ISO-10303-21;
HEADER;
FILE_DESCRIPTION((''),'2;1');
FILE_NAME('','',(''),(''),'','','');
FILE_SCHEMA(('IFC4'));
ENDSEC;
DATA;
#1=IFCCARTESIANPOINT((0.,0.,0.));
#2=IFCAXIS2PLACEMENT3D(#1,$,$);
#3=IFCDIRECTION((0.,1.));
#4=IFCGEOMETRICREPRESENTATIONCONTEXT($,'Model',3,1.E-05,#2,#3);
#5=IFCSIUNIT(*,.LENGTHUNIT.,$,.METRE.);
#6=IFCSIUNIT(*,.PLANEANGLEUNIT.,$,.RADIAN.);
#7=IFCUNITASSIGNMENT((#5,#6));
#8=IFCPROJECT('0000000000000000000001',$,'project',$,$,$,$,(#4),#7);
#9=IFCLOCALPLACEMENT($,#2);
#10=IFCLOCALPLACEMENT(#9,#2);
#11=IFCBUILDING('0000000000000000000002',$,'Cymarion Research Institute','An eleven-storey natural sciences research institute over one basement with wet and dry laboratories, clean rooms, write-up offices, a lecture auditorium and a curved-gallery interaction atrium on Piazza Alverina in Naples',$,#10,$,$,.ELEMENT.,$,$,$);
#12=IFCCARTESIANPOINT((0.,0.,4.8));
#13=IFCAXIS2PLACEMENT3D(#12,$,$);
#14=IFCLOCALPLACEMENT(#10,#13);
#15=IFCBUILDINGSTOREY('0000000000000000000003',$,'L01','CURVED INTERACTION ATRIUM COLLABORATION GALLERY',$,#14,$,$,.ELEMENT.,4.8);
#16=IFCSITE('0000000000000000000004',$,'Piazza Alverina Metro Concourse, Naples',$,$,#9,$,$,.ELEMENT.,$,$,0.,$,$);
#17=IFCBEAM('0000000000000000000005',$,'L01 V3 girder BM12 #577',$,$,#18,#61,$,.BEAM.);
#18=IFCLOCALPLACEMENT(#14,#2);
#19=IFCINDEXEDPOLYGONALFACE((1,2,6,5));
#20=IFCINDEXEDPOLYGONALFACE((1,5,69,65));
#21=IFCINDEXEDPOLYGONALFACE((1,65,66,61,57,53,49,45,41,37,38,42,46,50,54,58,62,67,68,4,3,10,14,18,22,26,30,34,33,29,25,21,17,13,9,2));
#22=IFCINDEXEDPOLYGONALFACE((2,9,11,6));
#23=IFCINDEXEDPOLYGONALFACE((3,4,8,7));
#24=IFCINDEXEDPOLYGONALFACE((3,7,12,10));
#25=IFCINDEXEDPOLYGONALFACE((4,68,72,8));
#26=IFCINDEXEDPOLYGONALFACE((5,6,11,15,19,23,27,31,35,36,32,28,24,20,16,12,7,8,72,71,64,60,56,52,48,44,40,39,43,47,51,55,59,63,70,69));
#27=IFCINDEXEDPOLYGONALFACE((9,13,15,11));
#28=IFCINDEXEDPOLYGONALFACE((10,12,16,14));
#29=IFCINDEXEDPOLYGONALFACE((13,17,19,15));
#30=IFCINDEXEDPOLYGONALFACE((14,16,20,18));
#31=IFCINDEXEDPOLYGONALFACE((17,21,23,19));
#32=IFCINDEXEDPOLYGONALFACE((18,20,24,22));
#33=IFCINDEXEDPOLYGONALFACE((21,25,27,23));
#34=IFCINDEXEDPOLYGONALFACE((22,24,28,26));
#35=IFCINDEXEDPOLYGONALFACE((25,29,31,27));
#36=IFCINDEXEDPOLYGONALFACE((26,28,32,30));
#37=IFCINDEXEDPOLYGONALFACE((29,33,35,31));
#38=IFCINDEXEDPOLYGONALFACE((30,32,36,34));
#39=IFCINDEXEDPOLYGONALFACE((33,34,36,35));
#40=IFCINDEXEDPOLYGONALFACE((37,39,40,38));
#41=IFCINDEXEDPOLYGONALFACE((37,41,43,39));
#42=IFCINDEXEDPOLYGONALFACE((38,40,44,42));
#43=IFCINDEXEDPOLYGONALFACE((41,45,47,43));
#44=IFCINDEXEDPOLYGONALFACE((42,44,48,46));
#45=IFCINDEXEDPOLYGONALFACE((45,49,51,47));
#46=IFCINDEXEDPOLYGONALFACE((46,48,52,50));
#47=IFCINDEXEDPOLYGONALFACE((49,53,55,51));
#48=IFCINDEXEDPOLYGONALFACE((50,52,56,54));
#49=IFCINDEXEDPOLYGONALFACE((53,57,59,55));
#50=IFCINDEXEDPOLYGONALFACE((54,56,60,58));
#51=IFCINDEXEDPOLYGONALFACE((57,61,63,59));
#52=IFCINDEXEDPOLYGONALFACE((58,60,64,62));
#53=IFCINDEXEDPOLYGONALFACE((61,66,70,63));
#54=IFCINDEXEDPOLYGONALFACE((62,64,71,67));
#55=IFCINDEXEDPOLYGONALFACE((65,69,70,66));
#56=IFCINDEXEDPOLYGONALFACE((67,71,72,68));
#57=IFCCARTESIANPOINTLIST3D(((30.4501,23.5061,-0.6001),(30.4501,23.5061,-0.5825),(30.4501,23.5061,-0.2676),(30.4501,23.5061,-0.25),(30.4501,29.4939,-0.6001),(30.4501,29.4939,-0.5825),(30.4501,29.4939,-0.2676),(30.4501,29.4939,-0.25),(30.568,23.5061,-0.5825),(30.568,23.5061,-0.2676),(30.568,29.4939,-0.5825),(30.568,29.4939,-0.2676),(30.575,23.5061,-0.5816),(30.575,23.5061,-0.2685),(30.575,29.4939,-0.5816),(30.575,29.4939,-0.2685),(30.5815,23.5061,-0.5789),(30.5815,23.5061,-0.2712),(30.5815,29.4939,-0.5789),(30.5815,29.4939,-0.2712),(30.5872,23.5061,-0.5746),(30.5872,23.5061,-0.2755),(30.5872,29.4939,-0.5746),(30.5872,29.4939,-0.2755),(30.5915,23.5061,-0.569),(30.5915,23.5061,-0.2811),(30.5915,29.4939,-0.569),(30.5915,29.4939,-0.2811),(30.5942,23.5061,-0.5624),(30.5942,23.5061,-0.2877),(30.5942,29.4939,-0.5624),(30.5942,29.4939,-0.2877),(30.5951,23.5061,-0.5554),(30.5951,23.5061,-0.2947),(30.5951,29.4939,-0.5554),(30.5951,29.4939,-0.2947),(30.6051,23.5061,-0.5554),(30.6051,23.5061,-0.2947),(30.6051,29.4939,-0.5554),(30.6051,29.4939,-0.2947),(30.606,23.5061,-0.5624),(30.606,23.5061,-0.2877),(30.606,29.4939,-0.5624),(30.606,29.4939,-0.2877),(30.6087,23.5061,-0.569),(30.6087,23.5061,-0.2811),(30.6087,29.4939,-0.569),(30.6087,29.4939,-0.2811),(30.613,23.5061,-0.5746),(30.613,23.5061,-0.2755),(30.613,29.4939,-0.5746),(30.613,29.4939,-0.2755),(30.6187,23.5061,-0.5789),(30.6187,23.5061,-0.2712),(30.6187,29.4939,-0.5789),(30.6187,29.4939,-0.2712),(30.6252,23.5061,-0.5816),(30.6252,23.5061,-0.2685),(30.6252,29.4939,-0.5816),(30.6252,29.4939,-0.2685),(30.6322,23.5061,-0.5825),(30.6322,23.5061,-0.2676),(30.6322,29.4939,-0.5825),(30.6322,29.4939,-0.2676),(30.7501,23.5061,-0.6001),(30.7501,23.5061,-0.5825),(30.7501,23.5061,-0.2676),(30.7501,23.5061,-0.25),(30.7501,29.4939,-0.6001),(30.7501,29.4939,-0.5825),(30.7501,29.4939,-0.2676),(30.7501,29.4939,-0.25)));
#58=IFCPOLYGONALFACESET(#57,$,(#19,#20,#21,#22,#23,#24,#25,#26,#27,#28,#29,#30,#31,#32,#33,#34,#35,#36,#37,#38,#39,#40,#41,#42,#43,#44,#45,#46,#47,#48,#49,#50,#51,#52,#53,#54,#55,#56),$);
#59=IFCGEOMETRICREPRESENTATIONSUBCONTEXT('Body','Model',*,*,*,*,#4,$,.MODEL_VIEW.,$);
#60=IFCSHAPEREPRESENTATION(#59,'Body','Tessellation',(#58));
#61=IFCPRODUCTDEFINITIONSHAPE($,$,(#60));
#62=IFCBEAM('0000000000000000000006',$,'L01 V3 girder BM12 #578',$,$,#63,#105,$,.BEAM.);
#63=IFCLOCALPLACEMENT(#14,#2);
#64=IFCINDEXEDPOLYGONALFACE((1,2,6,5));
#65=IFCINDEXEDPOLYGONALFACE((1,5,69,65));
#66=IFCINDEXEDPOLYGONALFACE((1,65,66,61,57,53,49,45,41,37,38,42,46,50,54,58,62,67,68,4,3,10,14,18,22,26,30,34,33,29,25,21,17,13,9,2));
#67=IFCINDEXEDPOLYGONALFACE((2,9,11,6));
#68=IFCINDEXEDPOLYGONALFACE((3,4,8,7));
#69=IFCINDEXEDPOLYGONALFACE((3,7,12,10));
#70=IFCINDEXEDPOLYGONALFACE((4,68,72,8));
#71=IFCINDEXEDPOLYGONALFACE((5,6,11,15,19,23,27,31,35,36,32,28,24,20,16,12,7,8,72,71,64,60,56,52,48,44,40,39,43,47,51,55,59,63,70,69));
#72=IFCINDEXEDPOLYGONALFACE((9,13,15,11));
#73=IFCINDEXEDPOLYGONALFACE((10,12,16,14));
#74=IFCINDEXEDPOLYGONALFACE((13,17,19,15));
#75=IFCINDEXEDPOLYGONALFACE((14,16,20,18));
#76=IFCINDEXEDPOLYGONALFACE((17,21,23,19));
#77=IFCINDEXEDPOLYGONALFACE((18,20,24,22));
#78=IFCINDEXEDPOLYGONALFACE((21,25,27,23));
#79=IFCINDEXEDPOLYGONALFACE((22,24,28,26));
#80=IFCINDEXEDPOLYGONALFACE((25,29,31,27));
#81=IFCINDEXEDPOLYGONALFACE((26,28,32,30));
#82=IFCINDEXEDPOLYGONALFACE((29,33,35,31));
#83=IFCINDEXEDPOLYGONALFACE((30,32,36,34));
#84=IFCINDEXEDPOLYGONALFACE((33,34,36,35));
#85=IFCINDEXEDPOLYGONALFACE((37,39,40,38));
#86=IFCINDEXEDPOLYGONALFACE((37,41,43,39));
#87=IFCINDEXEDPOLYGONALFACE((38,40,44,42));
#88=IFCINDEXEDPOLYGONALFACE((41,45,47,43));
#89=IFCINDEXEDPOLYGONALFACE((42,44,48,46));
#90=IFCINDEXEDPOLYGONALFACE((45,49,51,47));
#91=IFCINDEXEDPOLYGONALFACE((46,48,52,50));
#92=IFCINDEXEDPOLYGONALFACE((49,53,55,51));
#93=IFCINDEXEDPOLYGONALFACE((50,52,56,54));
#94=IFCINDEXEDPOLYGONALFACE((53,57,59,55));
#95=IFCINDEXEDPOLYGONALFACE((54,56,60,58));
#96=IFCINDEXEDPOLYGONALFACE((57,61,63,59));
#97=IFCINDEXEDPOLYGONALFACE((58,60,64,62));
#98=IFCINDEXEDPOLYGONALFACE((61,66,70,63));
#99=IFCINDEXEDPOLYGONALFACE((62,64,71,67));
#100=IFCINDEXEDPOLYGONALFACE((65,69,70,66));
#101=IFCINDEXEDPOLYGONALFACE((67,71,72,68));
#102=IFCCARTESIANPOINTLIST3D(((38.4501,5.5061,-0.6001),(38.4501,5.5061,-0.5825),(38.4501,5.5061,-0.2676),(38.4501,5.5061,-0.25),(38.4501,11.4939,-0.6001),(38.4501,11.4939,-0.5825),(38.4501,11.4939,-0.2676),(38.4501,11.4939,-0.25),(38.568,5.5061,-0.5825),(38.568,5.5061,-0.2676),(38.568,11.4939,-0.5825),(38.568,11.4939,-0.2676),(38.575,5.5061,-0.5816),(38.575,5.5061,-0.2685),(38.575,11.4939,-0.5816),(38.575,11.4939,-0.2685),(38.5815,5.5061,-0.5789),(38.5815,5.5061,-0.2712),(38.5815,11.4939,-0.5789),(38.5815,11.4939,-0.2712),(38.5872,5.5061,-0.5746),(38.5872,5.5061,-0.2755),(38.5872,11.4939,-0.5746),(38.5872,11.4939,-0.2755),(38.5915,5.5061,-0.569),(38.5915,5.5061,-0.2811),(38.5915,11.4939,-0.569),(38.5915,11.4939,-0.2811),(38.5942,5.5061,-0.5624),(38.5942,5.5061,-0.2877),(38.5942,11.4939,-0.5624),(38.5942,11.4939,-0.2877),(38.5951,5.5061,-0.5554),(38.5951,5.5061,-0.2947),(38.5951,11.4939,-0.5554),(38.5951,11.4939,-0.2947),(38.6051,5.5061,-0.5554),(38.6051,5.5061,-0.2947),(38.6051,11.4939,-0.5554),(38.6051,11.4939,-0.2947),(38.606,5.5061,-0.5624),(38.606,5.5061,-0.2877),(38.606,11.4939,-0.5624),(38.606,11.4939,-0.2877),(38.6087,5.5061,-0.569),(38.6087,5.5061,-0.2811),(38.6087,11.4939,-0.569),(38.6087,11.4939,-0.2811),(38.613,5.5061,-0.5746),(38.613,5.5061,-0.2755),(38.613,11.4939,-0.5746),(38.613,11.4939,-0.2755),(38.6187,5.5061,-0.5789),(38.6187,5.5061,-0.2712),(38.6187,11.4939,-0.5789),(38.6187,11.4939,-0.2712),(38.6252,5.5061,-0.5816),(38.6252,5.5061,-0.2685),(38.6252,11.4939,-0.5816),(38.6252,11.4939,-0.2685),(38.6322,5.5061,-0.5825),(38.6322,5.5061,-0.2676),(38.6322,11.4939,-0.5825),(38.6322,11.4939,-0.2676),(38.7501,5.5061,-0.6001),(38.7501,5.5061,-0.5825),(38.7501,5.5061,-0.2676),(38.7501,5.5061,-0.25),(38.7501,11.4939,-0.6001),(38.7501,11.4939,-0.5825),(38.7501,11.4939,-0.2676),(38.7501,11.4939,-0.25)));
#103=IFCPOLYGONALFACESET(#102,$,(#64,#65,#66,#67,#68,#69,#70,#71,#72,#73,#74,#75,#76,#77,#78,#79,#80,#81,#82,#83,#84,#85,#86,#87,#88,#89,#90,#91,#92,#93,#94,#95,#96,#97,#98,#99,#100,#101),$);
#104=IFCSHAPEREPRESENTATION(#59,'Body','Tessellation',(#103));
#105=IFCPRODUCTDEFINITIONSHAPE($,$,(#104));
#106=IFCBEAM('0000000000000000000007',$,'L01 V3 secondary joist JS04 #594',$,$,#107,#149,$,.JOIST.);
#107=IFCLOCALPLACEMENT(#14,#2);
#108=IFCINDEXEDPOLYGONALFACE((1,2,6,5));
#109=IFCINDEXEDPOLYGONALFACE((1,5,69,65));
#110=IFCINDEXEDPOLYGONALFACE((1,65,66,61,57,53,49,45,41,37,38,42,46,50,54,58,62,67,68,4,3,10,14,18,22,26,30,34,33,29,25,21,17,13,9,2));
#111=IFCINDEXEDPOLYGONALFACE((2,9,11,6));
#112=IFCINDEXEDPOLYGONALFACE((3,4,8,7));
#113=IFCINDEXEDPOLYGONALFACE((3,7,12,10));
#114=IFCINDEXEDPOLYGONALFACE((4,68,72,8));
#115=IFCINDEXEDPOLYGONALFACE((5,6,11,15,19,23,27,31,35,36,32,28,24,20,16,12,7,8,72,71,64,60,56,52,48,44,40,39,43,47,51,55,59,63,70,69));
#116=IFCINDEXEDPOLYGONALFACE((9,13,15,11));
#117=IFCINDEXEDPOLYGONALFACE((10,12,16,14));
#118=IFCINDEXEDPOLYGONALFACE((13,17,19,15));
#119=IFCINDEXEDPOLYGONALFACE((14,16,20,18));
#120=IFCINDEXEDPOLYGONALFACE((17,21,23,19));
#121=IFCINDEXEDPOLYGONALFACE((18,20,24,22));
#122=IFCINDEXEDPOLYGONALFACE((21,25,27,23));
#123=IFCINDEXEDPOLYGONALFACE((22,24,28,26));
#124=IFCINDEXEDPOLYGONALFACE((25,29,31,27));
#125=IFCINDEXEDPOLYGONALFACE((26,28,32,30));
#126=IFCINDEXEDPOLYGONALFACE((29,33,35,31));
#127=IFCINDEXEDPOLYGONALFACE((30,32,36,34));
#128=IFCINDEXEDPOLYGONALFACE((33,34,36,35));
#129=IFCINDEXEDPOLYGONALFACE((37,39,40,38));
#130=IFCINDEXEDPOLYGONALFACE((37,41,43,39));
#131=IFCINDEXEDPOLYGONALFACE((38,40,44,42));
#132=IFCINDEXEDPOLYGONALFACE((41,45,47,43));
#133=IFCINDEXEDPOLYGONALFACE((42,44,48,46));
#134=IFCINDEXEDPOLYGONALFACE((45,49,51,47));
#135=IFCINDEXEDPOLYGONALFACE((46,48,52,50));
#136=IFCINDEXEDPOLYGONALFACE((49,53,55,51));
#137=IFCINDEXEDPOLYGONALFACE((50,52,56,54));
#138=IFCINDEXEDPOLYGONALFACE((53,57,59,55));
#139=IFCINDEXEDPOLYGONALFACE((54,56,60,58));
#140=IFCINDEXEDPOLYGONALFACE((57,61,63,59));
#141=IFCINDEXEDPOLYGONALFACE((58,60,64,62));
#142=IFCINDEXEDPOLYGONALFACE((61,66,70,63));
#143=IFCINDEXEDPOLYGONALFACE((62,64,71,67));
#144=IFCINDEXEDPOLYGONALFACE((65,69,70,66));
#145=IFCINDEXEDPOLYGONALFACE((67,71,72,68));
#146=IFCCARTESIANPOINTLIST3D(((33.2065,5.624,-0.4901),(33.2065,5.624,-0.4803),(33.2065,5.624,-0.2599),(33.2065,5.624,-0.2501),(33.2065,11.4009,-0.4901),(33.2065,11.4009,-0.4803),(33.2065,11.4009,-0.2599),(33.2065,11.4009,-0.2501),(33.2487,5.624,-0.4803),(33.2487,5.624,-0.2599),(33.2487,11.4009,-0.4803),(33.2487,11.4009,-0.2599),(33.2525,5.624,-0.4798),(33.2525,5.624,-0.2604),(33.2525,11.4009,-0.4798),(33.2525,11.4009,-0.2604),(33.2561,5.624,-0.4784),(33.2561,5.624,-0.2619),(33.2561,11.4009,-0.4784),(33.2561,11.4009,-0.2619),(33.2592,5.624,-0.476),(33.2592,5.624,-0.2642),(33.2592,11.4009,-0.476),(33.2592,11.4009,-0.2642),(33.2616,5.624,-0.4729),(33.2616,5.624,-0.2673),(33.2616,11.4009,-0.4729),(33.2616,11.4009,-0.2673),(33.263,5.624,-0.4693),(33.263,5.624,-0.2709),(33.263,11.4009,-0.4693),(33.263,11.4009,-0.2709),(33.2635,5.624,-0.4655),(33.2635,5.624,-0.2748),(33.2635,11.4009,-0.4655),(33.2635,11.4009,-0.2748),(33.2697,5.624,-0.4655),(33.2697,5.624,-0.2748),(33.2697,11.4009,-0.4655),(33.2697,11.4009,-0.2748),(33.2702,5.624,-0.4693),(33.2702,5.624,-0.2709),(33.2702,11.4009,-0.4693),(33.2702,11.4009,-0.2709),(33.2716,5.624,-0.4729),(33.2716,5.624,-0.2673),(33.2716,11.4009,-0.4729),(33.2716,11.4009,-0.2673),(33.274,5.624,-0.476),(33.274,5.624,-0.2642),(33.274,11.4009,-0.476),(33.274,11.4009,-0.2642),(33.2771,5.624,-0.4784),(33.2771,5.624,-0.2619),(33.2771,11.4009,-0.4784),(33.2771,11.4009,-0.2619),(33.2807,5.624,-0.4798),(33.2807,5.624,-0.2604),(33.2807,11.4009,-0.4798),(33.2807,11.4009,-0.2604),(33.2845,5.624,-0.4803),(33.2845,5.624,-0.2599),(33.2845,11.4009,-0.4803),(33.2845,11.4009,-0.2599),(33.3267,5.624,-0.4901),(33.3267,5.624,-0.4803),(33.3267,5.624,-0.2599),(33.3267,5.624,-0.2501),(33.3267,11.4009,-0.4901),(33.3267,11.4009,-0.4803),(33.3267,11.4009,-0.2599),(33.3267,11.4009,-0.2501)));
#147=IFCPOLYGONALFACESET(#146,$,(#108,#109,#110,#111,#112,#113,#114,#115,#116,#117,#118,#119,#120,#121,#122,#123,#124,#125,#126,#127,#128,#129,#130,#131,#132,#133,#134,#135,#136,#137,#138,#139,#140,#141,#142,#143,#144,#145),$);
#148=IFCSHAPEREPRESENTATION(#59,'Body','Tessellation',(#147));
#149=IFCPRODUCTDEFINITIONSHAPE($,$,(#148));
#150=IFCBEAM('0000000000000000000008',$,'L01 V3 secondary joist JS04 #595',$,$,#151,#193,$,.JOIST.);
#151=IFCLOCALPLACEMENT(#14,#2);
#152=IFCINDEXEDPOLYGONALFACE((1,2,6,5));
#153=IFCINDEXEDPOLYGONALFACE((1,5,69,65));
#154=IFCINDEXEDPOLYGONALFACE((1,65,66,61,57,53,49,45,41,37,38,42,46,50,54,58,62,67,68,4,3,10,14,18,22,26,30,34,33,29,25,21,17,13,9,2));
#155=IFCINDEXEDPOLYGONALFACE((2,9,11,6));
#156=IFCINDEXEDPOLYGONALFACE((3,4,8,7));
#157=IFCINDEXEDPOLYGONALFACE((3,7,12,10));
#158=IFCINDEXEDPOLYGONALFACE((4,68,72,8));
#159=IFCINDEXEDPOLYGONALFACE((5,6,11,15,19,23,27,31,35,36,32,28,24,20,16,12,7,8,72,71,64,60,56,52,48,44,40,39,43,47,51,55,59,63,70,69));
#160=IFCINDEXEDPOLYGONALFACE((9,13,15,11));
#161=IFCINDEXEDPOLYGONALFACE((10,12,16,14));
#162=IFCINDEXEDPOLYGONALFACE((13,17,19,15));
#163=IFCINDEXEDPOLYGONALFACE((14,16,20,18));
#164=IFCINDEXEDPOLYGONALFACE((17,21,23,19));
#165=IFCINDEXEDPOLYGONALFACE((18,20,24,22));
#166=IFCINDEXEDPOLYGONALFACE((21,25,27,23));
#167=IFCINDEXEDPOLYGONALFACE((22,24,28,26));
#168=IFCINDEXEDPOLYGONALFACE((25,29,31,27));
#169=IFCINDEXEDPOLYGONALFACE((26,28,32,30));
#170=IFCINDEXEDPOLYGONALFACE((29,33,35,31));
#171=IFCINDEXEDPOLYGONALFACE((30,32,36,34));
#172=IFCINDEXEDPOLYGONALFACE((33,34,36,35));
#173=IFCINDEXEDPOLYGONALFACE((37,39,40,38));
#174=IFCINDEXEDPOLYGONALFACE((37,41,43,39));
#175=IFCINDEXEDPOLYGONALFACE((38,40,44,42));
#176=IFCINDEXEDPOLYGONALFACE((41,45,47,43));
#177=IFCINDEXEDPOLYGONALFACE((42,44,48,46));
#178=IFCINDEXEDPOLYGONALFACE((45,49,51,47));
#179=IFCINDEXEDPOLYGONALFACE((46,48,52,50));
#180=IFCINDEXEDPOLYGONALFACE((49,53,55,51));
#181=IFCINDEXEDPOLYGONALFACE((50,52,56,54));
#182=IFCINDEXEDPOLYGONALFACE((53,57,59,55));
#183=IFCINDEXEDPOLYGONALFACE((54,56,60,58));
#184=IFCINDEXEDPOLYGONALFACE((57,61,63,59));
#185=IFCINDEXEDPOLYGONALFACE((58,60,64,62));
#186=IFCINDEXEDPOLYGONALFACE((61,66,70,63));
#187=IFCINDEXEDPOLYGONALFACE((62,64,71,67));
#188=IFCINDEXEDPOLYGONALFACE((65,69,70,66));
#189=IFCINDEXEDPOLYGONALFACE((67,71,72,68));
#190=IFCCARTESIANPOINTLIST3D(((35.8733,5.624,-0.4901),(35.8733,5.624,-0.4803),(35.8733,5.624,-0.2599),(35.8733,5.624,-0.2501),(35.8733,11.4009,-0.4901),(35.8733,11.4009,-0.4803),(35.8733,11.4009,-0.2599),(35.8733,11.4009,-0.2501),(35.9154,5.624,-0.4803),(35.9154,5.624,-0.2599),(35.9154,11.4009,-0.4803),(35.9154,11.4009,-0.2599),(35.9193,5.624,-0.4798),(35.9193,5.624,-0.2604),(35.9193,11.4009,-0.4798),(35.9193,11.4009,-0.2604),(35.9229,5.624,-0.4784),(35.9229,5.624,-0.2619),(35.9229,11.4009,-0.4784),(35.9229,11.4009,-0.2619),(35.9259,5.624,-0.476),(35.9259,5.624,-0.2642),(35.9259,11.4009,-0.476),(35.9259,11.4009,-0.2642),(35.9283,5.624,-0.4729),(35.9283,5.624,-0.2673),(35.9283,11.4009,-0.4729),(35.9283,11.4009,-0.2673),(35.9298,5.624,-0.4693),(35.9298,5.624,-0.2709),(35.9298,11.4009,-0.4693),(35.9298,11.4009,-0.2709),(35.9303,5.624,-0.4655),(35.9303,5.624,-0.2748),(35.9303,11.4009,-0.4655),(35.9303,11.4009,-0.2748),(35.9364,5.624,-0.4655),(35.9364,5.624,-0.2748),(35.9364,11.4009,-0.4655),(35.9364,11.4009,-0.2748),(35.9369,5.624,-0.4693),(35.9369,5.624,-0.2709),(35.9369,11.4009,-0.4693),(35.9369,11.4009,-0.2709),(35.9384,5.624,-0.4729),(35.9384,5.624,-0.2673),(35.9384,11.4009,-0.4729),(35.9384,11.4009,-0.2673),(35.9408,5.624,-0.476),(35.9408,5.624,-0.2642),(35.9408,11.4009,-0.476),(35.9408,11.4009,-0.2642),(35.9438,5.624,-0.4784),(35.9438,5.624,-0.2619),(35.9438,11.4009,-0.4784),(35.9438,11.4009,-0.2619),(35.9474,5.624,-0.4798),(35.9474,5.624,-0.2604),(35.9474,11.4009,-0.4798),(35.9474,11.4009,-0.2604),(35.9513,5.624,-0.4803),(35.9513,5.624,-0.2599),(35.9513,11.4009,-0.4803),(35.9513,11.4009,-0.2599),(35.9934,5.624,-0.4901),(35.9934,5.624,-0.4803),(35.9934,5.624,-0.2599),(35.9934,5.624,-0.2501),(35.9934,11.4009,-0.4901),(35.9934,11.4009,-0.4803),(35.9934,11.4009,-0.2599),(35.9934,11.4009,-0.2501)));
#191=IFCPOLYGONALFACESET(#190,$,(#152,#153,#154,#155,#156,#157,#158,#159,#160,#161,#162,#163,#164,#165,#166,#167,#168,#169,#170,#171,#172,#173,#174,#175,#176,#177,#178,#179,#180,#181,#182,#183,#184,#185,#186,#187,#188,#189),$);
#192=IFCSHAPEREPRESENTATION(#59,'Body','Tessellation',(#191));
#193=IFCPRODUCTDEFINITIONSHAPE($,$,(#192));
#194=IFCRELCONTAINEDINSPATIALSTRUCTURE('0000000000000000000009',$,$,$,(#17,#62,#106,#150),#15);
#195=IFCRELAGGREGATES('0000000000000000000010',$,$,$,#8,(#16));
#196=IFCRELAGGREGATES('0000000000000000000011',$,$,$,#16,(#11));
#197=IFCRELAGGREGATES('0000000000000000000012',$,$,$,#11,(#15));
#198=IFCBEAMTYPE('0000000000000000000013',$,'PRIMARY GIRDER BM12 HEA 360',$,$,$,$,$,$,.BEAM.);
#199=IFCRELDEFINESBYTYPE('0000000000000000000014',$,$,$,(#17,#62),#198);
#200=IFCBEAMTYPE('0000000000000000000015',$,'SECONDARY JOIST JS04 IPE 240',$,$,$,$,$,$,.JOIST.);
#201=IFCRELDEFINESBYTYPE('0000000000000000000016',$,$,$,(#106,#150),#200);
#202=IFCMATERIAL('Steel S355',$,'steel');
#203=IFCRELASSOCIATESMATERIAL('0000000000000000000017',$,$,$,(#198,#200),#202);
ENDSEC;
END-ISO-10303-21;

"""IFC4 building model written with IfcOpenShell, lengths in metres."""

from ifc_helpers import new_model, si_unit, direction, frame, origin, origin_2d, place, context, subcontext, project, spatial, i_section, extrude, material, material_profile, profile_set, type_object, element, save


model = new_model("IFC4")

# Units and contexts
model_context = context("Model", 3, precision=1e-05, world=origin(), true_north=direction((0.0, 1.0)))
body_context = subcontext(model_context, "Body", "Model", "MODEL_VIEW")
ifc_project = project(units=[si_unit("LENGTHUNIT", "METRE"), si_unit("PLANEANGLEUNIT", "RADIAN")], contexts=[model_context])

# Site, building, storey
site_placement = place(None, origin())
site = spatial("IfcSite", under=ifc_project, at=site_placement, Name="Piazza Alverina Metro Concourse, Naples", CompositionType="ELEMENT", RefElevation=0.0)
building_placement = place(site_placement, origin())
building = spatial("IfcBuilding", under=site, at=building_placement, Name="Cymarion Research Institute", Description="An eleven-storey natural sciences research institute over one basement with wet and dry laboratories, clean rooms, write-up offices, a lecture auditorium and a curved-gallery interaction atrium on Piazza Alverina in Naples", CompositionType="ELEMENT")
storey_placement = place(building_placement, frame((0.0, 0.0, 4.8)))
storey = spatial("IfcBuildingStorey", under=building, at=storey_placement, Name="L01", Description="CURVED INTERACTION ATRIUM COLLABORATION GALLERY", CompositionType="ELEMENT", Elevation=4.8)

# Shared definitions
ifc_material_1 = material(Name="Steel S355", Category="steel")

# Beams
ifc_material_profile_1 = material_profile(ifc_material_1, i_section(OverallWidth=0.3, OverallDepth=0.3501, WebThickness=0.01, FlangeThickness=0.0176, FilletRadius=0.0271, at=origin_2d()), Name="HEA 360")
ifc_profile_set_1 = profile_set([ifc_material_profile_1], Name="Steel S355")
beam_type_1 = type_object("IfcBeamType", Name="PRIMARY GIRDER BM12 HEA 360", PredefinedType="BEAM", material=ifc_profile_set_1)
for number, where, z_axis, x_axis, name in (
    (1, (30.6001, 23.5061, -0.425), (0.0, 1.0, 0.0), (-1.0, 0.0, 0.0), "L01 V3 girder BM12 #577"),
    (2, (38.6001, 5.5061, -0.425), (0.0, 1.0, 0.0), (-1.0, 0.0, 0.0), "L01 V3 girder BM12 #578"),
):
    element("IfcBeam", number, at=place(storey_placement, frame(where, z_axis=z_axis, x_axis=x_axis)), inside=storey, type_object=beam_type_1, Name=name, PredefinedType="BEAM", context=body_context, shape_type="SweptSolid", body=[
        extrude(i_section(OverallWidth=0.3, OverallDepth=0.3501, WebThickness=0.01, FlangeThickness=0.0176, FilletRadius=0.0271, at=origin_2d()), origin(), (0.0, 0.0, 1.0), 5.9878),
    ])
ifc_material_profile_2 = material_profile(ifc_material_1, i_section(OverallWidth=0.1201, OverallDepth=0.24, WebThickness=0.0061, FlangeThickness=0.0098, FilletRadius=0.0149, at=origin_2d()), Name="IPE 240")
ifc_profile_set_2 = profile_set([ifc_material_profile_2], Name="Steel S355")
beam_type_2 = type_object("IfcBeamType", Name="SECONDARY JOIST JS04 IPE 240", PredefinedType="JOIST", material=ifc_profile_set_2)
for number, where, z_axis, x_axis, name in (
    (3, (33.2666, 5.624, -0.3701), (0.0, 1.0, 0.0), (-1.0, 0.0, 0.0), "L01 V3 secondary joist JS04 #594"),
    (4, (35.9333, 5.624, -0.3701), (0.0, 1.0, 0.0), (-1.0, 0.0, 0.0), "L01 V3 secondary joist JS04 #595"),
):
    element("IfcBeam", number, at=place(storey_placement, frame(where, z_axis=z_axis, x_axis=x_axis)), inside=storey, type_object=beam_type_2, Name=name, PredefinedType="JOIST", context=body_context, shape_type="SweptSolid", body=[
        extrude(i_section(OverallWidth=0.1201, OverallDepth=0.24, WebThickness=0.0061, FlangeThickness=0.0098, FilletRadius=0.0149, at=origin_2d()), origin(), (0.0, 0.0, 1.0), 5.7769),
    ])

save(model, "model.ifc")
